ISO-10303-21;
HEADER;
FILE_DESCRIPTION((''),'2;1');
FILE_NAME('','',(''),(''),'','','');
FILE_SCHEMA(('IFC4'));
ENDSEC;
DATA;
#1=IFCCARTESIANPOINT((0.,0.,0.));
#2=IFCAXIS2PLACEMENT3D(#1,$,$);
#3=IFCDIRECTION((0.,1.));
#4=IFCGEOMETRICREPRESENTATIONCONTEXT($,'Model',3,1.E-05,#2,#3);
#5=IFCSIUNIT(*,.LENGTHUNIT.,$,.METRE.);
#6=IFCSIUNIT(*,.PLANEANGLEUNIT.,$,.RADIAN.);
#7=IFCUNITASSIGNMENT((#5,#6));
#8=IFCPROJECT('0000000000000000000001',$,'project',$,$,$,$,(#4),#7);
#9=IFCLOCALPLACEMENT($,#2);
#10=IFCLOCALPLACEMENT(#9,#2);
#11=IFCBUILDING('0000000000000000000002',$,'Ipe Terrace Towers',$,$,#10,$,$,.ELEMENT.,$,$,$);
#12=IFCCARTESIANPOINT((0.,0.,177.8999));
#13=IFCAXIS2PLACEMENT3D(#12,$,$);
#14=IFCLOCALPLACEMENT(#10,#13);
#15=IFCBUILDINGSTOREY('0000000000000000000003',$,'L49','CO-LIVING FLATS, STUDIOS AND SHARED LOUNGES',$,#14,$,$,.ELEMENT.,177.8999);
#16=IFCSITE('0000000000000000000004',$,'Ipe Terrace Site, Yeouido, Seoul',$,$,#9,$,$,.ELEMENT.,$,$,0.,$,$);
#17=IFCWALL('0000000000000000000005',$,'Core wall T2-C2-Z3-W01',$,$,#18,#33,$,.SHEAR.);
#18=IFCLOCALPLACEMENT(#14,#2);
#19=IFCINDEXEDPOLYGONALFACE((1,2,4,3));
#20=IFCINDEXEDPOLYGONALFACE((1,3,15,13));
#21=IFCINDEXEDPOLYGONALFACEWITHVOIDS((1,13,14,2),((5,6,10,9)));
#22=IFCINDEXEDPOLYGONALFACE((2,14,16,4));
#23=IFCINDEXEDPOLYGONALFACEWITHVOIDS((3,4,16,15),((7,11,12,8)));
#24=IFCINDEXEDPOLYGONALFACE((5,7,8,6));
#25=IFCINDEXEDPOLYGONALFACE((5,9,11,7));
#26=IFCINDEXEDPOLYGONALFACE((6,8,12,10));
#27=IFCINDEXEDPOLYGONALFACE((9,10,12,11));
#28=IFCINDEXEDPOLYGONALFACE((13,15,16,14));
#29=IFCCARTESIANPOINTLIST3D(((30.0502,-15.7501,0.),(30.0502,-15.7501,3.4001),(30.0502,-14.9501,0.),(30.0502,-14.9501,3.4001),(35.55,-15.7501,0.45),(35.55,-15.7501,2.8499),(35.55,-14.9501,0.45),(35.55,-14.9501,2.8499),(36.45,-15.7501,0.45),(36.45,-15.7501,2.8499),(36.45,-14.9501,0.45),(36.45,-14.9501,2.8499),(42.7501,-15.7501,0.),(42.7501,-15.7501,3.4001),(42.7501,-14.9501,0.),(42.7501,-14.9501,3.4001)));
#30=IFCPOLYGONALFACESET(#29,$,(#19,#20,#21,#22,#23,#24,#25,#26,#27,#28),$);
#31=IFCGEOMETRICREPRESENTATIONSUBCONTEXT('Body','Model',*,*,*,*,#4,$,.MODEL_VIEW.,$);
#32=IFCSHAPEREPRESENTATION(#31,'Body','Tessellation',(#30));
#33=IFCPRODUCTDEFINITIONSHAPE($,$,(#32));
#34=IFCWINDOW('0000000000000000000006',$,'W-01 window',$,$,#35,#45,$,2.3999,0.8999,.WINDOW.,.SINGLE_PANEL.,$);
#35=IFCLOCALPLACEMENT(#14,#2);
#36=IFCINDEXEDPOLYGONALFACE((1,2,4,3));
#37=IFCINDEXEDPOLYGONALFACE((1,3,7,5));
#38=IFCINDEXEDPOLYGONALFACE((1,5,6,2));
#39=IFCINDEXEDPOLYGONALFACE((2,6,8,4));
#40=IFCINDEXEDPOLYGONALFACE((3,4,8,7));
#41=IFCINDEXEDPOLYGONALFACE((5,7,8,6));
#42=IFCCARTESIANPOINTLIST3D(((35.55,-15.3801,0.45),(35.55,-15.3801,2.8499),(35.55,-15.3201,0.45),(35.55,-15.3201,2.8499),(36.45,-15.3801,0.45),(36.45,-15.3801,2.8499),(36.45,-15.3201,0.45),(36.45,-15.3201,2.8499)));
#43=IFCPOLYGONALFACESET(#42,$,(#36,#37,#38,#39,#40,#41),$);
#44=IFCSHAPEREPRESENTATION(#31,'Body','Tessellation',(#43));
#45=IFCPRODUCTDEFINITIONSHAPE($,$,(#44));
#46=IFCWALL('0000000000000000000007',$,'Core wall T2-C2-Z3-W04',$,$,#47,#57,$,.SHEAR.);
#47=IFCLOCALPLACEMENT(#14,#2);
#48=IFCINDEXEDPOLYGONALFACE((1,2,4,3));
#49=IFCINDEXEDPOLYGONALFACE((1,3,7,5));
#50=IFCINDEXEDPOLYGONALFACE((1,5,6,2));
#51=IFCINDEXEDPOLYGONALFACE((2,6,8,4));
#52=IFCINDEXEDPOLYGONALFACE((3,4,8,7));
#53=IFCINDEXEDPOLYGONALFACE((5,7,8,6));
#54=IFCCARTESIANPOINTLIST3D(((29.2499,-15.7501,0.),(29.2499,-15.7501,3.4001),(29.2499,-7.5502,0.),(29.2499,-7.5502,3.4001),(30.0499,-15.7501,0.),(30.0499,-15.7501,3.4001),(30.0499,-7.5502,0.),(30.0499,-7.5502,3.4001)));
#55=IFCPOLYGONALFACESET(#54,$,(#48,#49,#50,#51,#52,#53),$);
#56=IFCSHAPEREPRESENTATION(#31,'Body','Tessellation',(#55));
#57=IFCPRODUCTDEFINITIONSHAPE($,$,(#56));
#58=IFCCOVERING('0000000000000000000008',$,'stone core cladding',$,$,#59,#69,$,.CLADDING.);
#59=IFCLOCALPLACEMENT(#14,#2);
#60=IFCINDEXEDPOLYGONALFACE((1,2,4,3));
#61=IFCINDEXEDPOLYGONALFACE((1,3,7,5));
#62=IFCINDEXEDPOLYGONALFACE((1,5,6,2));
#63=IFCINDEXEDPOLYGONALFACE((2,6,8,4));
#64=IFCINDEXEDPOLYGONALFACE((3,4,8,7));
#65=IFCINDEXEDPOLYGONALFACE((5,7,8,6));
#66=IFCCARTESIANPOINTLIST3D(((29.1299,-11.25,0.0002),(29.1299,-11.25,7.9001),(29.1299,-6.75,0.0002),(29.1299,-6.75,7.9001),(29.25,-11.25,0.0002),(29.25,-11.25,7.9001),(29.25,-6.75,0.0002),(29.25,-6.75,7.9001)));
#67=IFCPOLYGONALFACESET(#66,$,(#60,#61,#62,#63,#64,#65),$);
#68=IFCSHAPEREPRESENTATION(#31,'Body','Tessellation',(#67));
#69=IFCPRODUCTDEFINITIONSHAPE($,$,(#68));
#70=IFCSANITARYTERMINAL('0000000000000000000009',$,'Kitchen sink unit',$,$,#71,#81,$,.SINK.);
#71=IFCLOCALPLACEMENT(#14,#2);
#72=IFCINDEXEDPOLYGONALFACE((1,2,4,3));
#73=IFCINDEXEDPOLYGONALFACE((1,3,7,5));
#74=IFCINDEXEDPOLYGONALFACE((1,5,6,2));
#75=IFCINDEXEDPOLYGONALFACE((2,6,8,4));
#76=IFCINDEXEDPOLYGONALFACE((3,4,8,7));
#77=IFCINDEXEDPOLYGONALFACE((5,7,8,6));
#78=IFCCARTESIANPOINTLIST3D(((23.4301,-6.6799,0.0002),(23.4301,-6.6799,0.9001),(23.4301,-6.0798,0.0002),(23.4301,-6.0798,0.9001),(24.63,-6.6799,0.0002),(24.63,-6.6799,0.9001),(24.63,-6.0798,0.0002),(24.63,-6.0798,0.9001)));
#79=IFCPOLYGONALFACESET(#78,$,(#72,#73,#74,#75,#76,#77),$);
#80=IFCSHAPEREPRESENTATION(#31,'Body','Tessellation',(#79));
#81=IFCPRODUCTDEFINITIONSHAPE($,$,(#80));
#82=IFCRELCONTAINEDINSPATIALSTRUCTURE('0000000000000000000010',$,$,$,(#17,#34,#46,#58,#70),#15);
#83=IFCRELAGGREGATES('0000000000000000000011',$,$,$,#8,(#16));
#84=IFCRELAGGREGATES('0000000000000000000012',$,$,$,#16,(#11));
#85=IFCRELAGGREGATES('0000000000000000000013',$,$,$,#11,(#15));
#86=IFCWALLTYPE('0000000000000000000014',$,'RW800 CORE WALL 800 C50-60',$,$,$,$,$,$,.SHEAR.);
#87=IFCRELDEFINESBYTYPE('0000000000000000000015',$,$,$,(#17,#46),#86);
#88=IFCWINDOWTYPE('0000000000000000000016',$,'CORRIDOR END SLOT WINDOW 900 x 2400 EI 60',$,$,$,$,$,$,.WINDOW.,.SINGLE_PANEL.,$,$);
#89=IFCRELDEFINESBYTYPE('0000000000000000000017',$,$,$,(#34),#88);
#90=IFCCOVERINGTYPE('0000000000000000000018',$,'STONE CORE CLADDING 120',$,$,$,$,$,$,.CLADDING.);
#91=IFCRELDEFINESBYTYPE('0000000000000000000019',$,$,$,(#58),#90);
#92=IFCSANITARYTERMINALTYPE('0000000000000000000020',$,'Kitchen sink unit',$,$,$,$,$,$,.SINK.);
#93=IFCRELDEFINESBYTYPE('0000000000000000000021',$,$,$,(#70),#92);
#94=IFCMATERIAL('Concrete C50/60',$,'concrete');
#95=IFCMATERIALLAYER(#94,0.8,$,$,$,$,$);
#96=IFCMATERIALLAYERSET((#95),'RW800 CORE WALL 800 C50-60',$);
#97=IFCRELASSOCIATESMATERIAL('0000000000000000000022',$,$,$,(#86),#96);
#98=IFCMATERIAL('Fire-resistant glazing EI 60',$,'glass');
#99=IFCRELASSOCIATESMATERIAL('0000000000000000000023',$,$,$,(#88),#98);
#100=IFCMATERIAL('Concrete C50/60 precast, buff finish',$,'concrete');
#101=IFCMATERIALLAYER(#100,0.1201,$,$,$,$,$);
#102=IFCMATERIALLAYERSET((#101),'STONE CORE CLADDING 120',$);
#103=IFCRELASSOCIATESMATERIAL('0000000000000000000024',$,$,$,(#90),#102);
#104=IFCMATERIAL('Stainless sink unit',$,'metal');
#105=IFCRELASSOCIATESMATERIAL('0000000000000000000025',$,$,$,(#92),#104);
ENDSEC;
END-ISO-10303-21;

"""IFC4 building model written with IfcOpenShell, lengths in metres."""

from ifc_helpers import new_model, si_unit, direction, frame, frame_2d, origin, origin_2d, place, context, subcontext, project, spatial, rectangle, extrude, material, layer, layer_set, type_object, element, fill, save


model = new_model("IFC4")

# Units and contexts
model_context = context("Model", 3, precision=1e-05, world=origin(), true_north=direction((0.0, 1.0)))
body_context = subcontext(model_context, "Body", "Model", "MODEL_VIEW")
ifc_project = project(units=[si_unit("LENGTHUNIT", "METRE"), si_unit("PLANEANGLEUNIT", "RADIAN")], contexts=[model_context])

# Site, building, storey
site_placement = place(None, origin())
site = spatial("IfcSite", under=ifc_project, at=site_placement, Name="Ipe Terrace Site, Yeouido, Seoul", CompositionType="ELEMENT", RefElevation=0.0)
building_placement = place(site_placement, origin())
building = spatial("IfcBuilding", under=site, at=building_placement, Name="Ipe Terrace Towers", CompositionType="ELEMENT")
storey_placement = place(building_placement, frame((0.0, 0.0, 177.8999)))
storey = spatial("IfcBuildingStorey", under=building, at=storey_placement, Name="L49", Description="CO-LIVING FLATS, STUDIOS AND SHARED LOUNGES", CompositionType="ELEMENT", Elevation=177.8999)

# Wall, opening, window
ifc_material_1 = material(Name="Concrete C50/60", Category="concrete")
ifc_layer_1 = layer(ifc_material_1, 0.8)
ifc_layer_set_1 = layer_set([ifc_layer_1], Name="RW800 CORE WALL 800 C50-60")
wall_type_1 = type_object("IfcWallType", Name="RW800 CORE WALL 800 C50-60", PredefinedType="SHEAR", material=ifc_layer_set_1)
wall_1_placement = place(storey_placement, frame((30.05, -15.3501, 0.0), z_axis=(0.0, 0.0, 1.0), x_axis=(1.0, 0.0, 0.0)))
wall_1 = element("IfcWall", 1, at=wall_1_placement, inside=storey, type_object=wall_type_1, Name="Core wall T2-C2-Z3-W01", PredefinedType="SHEAR", context=body_context, shape_type="SweptSolid", body=[
    extrude(rectangle(XDim=12.7, YDim=0.8, at=frame_2d((6.3501, 0.0))), origin(), (0.0, 0.0, 1.0), 3.4001),
])
opening_1_placement = place(wall_1_placement, frame((5.5, 0.0, 0.45)))
opening_1 = element("IfcOpeningElement", 2, at=opening_1_placement, cuts=wall_1, PredefinedType="OPENING", context=body_context, shape_type="SweptSolid", body=[
    extrude(rectangle(XDim=0.8999, YDim=2.3999, at=frame_2d((0.45, 1.2))), frame((0.0, 0.4102, 0.0), z_axis=(0.0, -1.0, 0.0), x_axis=(1.0, 0.0, 0.0)), (0.0, 0.0, 1.0), 0.8201),
])
ifc_material_2 = material(Name="Fire-resistant glazing EI 60", Category="glass")
window_type = type_object("IfcWindowType", Name="CORRIDOR END SLOT WINDOW 900 x 2400 EI 60", PartitioningType="SINGLE_PANEL", PredefinedType="WINDOW", material=ifc_material_2)
window_placement = place(opening_1_placement, origin())
window = element("IfcWindow", 3, at=window_placement, inside=storey, type_object=window_type, Name="W-01 window", OverallHeight=2.3999, OverallWidth=0.8999, PartitioningType="SINGLE_PANEL", PredefinedType="WINDOW", context=body_context, shape_type="SweptSolid", body=[
    extrude(rectangle(XDim=0.8999, YDim=2.3999, at=frame_2d((0.45, 1.2))), frame((0.0, 0.03, 0.0), z_axis=(0.0, -1.0, 0.0), x_axis=(1.0, 0.0, 0.0)), (0.0, 0.0, 1.0), 0.0601),
])
fill(opening_1, window)

# Wall
wall_2_placement = place(storey_placement, frame((29.6499, -7.55, 0.0), z_axis=(0.0, 0.0, 1.0), x_axis=(0.0, -1.0, 0.0)))
element("IfcWall", 4, at=wall_2_placement, inside=storey, type_object=wall_type_1, Name="Core wall T2-C2-Z3-W04", PredefinedType="SHEAR", context=body_context, shape_type="SweptSolid", body=[
    extrude(rectangle(XDim=8.2, YDim=0.8, at=frame_2d((4.1001, 0.0))), origin(), (0.0, 0.0, 1.0), 3.4001),
])

# Covering
ifc_material_3 = material(Name="Concrete C50/60 precast, buff finish", Category="concrete")
ifc_layer_2 = layer(ifc_material_3, 0.1201)
ifc_layer_set_2 = layer_set([ifc_layer_2], Name="STONE CORE CLADDING 120")
covering_type = type_object("IfcCoveringType", Name="STONE CORE CLADDING 120", PredefinedType="CLADDING", material=ifc_layer_set_2)
covering_placement = place(storey_placement, frame((29.1899, -9.0, 0.0002), z_axis=(0.0, 0.0, 1.0), x_axis=(0.0, -1.0, 0.0)))
element("IfcCovering", 5, at=covering_placement, inside=storey, type_object=covering_type, Name="stone core cladding", PredefinedType="CLADDING", context=body_context, shape_type="SweptSolid", body=[
    extrude(rectangle(XDim=4.5, YDim=0.1201, at=origin_2d()), origin(), (0.0, 0.0, 1.0), 7.8999),
])

# Sanitary terminal
ifc_material_4 = material(Name="Stainless sink unit", Category="metal")
sanitary_terminal_type = type_object("IfcSanitaryTerminalType", Name="Kitchen sink unit", PredefinedType="SINK", material=ifc_material_4)
sanitary_terminal_placement = place(storey_placement, frame((24.03, -6.3799, 0.0002), z_axis=(0.0, 0.0, 1.0), x_axis=(-1.0, 0.0, 0.0)))
element("IfcSanitaryTerminal", 6, at=sanitary_terminal_placement, inside=storey, type_object=sanitary_terminal_type, Name="Kitchen sink unit", PredefinedType="SINK", context=body_context, shape_type="SweptSolid", body=[
    extrude(rectangle(XDim=1.2, YDim=0.6001, at=origin_2d()), origin(), (0.0, 0.0, 1.0), 0.8999),
])

save(model, "model.ifc")
